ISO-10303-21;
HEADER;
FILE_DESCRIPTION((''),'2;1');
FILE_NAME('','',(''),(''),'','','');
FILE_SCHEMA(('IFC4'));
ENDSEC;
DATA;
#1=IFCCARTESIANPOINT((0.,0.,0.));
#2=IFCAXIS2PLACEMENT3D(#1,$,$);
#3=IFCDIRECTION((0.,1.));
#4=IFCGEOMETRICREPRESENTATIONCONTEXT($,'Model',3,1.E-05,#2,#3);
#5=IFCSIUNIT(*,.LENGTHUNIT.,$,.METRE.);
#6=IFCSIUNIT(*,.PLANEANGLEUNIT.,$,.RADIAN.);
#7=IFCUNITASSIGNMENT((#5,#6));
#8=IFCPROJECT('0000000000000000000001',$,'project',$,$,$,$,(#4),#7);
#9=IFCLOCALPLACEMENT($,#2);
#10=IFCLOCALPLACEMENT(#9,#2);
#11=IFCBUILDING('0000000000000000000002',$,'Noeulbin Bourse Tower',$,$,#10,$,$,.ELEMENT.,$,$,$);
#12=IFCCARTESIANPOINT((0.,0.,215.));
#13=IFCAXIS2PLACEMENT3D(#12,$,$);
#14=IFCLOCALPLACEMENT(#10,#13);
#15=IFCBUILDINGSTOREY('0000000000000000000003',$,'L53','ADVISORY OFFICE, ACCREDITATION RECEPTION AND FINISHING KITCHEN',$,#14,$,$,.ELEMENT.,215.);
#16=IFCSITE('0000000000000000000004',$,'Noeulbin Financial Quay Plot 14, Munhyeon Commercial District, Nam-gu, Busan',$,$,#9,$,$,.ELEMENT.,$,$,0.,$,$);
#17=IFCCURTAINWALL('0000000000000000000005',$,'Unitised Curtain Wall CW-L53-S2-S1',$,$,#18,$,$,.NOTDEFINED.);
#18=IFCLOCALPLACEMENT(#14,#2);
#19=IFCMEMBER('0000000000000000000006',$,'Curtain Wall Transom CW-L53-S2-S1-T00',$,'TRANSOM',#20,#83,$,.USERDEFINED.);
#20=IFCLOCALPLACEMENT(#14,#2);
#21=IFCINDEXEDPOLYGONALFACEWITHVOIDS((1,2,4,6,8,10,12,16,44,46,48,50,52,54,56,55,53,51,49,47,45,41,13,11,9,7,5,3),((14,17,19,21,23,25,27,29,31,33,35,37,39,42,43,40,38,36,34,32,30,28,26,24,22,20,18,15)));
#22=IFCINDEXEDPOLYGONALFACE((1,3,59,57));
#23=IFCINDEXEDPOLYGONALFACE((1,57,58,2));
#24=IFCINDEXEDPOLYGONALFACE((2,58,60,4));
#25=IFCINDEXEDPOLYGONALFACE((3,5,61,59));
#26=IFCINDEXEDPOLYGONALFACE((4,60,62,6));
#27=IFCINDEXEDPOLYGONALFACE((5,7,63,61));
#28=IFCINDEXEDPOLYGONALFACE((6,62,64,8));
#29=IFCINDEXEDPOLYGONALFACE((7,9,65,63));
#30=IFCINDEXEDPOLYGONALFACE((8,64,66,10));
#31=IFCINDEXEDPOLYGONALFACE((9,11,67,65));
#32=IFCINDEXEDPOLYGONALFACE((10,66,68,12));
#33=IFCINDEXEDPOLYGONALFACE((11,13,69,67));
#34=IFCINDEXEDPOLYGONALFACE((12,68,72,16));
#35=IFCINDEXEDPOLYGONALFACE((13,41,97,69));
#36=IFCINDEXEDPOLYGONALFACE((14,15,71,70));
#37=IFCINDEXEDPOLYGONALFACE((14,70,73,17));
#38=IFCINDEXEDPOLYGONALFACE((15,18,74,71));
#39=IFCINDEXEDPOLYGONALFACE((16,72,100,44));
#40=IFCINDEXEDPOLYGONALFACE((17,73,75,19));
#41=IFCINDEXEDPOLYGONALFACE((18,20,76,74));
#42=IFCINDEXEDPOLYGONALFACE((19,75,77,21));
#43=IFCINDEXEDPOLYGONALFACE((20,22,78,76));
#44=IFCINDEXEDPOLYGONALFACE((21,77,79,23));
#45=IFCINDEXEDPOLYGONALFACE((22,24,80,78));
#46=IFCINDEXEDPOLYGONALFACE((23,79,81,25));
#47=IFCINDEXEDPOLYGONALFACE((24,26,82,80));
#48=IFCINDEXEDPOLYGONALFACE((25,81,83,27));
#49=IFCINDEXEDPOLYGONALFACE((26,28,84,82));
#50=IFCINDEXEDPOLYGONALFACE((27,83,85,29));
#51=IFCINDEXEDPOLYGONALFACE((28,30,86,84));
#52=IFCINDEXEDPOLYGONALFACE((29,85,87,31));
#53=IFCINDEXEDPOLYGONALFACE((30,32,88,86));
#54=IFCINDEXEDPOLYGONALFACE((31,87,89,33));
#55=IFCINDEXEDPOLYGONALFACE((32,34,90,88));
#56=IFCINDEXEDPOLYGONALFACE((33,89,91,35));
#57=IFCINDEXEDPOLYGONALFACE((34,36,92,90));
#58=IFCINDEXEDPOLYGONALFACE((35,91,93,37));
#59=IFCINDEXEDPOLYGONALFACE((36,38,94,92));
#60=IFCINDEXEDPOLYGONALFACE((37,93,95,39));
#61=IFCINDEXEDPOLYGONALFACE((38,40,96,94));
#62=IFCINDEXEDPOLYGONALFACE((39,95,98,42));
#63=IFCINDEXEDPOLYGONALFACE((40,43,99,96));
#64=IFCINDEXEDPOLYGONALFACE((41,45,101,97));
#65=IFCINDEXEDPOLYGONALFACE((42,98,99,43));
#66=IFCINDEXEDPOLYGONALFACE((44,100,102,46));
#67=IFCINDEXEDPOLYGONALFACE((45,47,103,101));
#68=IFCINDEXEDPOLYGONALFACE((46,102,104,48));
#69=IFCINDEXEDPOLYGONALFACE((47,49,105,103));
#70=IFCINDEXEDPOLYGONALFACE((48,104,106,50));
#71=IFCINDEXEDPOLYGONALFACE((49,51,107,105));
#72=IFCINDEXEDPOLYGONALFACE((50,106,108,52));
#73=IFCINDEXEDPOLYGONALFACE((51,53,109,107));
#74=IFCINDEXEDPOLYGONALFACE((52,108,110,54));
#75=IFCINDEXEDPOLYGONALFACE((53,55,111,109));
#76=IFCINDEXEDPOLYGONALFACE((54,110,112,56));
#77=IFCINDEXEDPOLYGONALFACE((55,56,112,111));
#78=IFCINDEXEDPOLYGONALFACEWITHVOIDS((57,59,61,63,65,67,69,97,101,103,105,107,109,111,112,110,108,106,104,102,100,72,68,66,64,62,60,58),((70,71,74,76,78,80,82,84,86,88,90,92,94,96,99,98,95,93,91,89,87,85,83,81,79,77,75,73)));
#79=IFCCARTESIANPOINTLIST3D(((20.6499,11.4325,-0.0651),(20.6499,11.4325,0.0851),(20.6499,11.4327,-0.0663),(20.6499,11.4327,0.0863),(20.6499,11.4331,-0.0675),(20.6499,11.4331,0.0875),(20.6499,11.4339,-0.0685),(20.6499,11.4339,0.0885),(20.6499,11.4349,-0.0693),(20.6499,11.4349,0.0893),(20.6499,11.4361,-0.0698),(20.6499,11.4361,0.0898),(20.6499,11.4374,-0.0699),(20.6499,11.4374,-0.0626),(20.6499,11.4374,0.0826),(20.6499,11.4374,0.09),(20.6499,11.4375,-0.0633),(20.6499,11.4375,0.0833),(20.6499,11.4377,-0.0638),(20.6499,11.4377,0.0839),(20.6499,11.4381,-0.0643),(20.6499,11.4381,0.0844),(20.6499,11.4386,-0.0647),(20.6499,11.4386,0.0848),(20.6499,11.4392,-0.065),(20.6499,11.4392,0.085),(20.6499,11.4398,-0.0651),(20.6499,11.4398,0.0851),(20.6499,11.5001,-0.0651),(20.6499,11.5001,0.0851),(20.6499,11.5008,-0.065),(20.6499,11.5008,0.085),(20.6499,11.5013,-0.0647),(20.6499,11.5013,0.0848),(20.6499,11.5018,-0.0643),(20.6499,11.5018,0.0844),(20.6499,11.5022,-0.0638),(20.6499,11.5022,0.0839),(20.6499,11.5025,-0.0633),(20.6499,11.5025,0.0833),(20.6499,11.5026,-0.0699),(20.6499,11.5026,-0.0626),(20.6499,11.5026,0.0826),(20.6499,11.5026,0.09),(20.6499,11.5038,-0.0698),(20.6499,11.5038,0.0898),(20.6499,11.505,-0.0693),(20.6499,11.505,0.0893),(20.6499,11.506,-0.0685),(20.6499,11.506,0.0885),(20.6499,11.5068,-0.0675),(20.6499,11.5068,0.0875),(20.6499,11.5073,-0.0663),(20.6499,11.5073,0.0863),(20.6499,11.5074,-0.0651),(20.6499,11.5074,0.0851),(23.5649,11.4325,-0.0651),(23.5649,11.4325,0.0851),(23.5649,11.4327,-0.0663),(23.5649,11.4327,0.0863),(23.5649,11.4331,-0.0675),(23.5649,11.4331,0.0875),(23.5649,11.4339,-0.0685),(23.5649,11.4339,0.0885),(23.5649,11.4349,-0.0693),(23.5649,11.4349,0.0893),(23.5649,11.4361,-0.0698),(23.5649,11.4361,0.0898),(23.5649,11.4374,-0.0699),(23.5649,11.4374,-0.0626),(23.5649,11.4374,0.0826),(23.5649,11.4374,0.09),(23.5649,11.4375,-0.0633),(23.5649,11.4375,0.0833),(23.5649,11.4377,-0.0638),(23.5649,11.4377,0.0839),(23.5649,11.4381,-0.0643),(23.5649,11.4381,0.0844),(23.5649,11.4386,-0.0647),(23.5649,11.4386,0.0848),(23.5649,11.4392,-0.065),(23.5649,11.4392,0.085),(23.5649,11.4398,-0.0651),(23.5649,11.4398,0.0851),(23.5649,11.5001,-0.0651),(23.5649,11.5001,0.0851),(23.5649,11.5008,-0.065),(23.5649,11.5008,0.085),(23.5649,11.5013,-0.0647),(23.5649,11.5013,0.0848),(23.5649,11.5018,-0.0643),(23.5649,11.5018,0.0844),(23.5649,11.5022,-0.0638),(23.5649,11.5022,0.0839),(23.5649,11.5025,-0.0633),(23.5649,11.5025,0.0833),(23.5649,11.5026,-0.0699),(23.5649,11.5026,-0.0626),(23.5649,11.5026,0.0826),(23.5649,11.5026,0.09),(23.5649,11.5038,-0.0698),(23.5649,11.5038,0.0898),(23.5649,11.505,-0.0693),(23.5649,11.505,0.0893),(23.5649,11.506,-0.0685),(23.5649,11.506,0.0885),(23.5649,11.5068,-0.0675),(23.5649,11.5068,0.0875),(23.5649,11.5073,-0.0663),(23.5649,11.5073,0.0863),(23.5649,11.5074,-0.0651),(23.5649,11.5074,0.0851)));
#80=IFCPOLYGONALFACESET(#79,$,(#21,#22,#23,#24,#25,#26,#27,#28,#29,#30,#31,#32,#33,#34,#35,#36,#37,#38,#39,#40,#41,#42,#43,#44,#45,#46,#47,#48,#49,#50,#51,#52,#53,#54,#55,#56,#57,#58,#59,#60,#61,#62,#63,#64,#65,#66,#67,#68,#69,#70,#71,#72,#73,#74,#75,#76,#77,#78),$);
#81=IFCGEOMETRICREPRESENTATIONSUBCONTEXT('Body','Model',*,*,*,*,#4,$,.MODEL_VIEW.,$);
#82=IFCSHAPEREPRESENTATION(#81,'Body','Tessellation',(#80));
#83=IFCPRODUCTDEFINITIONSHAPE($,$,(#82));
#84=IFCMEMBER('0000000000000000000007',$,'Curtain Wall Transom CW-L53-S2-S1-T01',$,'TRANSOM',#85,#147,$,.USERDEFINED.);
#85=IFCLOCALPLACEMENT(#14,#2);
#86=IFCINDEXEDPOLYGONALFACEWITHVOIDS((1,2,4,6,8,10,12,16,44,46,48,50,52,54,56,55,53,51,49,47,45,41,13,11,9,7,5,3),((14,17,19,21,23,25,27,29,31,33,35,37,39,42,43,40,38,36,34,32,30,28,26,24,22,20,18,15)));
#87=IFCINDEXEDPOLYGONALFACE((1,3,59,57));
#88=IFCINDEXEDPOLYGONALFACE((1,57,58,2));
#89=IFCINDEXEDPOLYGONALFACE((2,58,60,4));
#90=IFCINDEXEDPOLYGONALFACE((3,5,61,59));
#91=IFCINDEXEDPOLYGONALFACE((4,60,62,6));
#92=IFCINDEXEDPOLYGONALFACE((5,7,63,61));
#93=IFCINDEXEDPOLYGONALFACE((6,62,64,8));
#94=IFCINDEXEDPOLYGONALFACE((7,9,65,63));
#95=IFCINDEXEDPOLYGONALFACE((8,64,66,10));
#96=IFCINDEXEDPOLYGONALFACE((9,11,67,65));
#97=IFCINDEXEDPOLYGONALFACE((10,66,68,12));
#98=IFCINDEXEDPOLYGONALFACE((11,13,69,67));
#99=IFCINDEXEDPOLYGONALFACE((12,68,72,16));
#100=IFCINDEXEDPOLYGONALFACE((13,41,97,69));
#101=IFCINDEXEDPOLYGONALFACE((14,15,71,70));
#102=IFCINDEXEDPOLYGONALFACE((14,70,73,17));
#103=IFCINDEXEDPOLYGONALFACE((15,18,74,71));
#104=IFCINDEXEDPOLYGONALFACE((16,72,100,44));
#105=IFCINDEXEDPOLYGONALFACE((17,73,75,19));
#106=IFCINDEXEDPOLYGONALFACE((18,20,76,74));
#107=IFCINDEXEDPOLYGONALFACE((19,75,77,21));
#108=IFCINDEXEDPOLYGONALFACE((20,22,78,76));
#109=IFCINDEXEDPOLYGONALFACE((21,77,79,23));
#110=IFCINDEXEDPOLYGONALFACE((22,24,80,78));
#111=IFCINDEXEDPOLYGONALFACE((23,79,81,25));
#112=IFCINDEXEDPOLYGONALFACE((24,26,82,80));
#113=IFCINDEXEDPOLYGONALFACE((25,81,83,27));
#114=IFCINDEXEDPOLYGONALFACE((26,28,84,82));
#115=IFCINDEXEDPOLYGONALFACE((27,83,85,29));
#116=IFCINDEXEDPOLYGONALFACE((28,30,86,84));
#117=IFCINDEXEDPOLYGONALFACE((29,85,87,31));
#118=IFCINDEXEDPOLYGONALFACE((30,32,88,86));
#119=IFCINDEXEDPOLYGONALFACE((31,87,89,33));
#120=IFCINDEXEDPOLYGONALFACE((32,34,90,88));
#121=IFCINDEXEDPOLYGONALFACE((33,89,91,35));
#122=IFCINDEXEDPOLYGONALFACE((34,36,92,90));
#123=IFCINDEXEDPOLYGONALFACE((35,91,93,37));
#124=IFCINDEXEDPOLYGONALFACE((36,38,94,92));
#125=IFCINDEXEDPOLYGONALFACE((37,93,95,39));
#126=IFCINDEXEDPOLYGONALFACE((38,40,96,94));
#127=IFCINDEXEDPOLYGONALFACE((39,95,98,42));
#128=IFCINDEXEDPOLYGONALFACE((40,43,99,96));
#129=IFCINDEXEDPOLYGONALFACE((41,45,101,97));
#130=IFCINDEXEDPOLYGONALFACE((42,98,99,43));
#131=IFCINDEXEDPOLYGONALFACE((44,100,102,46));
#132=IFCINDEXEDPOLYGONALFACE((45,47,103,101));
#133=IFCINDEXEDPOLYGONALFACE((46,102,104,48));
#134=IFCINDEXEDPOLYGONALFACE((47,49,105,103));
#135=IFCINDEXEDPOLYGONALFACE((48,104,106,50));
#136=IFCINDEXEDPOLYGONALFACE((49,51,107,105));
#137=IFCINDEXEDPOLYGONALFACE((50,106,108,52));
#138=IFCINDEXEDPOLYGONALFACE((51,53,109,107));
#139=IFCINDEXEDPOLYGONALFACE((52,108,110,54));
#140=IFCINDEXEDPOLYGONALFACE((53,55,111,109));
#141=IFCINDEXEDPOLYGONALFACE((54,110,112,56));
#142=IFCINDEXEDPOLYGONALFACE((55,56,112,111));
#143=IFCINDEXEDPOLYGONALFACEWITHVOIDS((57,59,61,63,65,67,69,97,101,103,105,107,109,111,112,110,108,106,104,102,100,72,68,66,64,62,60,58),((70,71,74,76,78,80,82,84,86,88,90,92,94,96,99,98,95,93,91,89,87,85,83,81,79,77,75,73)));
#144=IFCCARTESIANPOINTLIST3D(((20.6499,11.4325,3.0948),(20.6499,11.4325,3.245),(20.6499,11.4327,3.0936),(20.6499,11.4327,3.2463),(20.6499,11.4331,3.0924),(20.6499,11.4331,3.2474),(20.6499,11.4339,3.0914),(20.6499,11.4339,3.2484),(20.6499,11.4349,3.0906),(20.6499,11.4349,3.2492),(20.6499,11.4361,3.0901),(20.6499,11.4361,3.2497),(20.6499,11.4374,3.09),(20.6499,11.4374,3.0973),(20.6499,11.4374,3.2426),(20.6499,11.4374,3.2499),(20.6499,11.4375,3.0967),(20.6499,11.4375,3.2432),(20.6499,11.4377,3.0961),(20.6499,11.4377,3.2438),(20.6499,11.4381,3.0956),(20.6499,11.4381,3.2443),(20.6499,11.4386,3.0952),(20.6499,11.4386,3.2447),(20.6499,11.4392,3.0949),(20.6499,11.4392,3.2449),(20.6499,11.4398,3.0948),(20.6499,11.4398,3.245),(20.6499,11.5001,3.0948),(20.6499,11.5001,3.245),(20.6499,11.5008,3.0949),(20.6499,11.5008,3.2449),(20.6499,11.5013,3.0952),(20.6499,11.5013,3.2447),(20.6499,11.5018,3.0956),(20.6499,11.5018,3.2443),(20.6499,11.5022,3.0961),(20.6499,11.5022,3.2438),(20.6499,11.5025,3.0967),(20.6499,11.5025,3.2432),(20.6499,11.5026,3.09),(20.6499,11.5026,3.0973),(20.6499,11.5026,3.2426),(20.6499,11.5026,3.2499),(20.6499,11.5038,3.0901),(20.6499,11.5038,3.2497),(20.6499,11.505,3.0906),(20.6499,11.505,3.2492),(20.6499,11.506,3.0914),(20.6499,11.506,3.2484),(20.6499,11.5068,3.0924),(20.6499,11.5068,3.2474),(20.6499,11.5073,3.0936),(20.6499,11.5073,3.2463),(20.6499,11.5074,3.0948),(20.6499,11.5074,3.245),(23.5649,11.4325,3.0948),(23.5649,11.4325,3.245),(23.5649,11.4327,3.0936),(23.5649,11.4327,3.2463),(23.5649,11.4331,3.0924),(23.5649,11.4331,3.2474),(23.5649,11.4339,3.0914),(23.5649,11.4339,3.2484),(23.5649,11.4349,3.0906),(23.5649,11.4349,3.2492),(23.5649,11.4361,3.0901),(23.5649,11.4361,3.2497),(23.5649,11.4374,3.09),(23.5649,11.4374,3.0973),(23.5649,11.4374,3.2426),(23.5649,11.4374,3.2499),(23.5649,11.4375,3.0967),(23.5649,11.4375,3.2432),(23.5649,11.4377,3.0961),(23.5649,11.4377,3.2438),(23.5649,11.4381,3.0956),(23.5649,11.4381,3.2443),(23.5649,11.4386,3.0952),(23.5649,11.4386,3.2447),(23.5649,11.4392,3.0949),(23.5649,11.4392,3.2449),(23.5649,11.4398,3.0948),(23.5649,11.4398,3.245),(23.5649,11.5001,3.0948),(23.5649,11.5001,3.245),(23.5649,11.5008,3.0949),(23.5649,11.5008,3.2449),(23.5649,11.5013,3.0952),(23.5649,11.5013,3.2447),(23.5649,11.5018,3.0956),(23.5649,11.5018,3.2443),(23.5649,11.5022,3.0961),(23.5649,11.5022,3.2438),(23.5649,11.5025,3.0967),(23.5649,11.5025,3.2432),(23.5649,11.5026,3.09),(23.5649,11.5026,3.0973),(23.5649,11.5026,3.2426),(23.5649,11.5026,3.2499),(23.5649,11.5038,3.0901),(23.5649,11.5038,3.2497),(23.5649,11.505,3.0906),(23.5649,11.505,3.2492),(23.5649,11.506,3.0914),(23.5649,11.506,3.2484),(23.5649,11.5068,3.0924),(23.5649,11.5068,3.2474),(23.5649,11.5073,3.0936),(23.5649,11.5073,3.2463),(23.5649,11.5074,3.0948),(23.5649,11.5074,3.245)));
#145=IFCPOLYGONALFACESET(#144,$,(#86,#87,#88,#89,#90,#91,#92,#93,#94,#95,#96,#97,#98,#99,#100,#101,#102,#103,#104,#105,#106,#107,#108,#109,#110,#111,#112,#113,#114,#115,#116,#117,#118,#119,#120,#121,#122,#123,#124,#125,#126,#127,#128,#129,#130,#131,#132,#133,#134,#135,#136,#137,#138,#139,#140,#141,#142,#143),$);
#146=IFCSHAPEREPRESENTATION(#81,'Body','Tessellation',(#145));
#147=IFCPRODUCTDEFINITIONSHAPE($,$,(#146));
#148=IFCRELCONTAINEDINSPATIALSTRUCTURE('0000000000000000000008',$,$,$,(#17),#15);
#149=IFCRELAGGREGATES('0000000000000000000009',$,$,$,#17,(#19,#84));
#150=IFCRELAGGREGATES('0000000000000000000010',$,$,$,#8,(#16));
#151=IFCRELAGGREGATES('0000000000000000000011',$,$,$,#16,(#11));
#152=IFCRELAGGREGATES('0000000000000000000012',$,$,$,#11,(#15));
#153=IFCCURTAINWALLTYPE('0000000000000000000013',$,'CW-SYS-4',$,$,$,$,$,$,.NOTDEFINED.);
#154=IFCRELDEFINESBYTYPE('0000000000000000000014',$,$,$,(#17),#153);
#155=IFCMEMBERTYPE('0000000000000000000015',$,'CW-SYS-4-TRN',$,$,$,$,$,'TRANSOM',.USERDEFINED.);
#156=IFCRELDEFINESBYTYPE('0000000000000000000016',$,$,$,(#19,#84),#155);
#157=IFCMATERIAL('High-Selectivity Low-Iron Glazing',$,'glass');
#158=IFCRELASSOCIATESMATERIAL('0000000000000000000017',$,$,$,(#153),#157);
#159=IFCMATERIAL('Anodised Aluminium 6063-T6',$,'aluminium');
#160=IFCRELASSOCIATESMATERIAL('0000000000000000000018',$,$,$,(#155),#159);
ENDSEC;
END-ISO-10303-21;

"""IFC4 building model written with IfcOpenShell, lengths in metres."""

from ifc_helpers import new_model, si_unit, direction, frame, origin, origin_2d, place, context, subcontext, project, spatial, hollow_rectangle, extrude, material, material_profile, profile_set, type_object, element, aggregate, save


model = new_model("IFC4")

# Units and contexts
model_context = context("Model", 3, precision=1e-05, world=origin(), true_north=direction((0.0, 1.0)))
body_context = subcontext(model_context, "Body", "Model", "MODEL_VIEW")
ifc_project = project(units=[si_unit("LENGTHUNIT", "METRE"), si_unit("PLANEANGLEUNIT", "RADIAN")], contexts=[model_context])

# Site, building, storey
site_placement = place(None, origin())
site = spatial("IfcSite", under=ifc_project, at=site_placement, Name="Noeulbin Financial Quay Plot 14, Munhyeon Commercial District, Nam-gu, Busan", CompositionType="ELEMENT", RefElevation=0.0)
building_placement = place(site_placement, origin())
building = spatial("IfcBuilding", under=site, at=building_placement, Name="Noeulbin Bourse Tower", CompositionType="ELEMENT")
storey_placement = place(building_placement, frame((0.0, 0.0, 215.0)))
storey = spatial("IfcBuildingStorey", under=building, at=storey_placement, Name="L53", Description="ADVISORY OFFICE, ACCREDITATION RECEPTION AND FINISHING KITCHEN", CompositionType="ELEMENT", Elevation=215.0)

# Curtain wall
ifc_material_1 = material(Name="High-Selectivity Low-Iron Glazing", Category="glass")
curtain_wall_type = type_object("IfcCurtainWallType", Name="CW-SYS-4", PredefinedType="NOTDEFINED", material=ifc_material_1)
ifc_material_2 = material(Name="Anodised Aluminium 6063-T6", Category="aluminium")
curtain_wall_1_placement = place(storey_placement, origin())
curtain_wall_1 = element("IfcCurtainWall", 1, at=curtain_wall_1_placement, inside=storey, type_object=curtain_wall_type, Name="Unitised Curtain Wall CW-L53-S2-S1", PredefinedType="NOTDEFINED")

# Members
ifc_material_profile_1 = material_profile(ifc_material_2, hollow_rectangle(XDim=0.075, YDim=0.1599, WallThickness=0.0049, InnerFilletRadius=0.0024, OuterFilletRadius=0.0049, at=origin_2d()), Name="ALU-TRAN-75x160x5", Category="LoadBearing")
ifc_profile_set_1 = profile_set([ifc_material_profile_1], Name="Anodised Aluminium 6063-T6")
member_type_1 = type_object("IfcMemberType", Name="CW-SYS-4-TRN", ElementType="TRANSOM", PredefinedType="USERDEFINED", material=ifc_profile_set_1)
member_1_placement = place(storey_placement, frame((20.6499, 11.47, 0.01), z_axis=(1.0, 0.0, 0.0), x_axis=(0.0, 1.0, 0.0)))
member_1 = element("IfcMember", 2, at=member_1_placement, type_object=member_type_1, Name="Curtain Wall Transom CW-L53-S2-S1-T00", ObjectType="TRANSOM", PredefinedType="USERDEFINED", context=body_context, shape_type="SweptSolid", body=[
    extrude(hollow_rectangle(XDim=0.075, YDim=0.1599, WallThickness=0.0049, InnerFilletRadius=0.0024, OuterFilletRadius=0.0049, at=origin_2d()), origin(), (0.0, 0.0, 1.0), 2.915),
])
member_2_placement = place(storey_placement, frame((20.6499, 11.47, 3.1699), z_axis=(1.0, 0.0, 0.0), x_axis=(0.0, 1.0, 0.0)))
member_2 = element("IfcMember", 3, at=member_2_placement, type_object=member_type_1, Name="Curtain Wall Transom CW-L53-S2-S1-T01", ObjectType="TRANSOM", PredefinedType="USERDEFINED", context=body_context, shape_type="SweptSolid", body=[
    extrude(hollow_rectangle(XDim=0.075, YDim=0.1599, WallThickness=0.0049, InnerFilletRadius=0.0024, OuterFilletRadius=0.0049, at=origin_2d()), origin(), (0.0, 0.0, 1.0), 2.915),
])

aggregate(curtain_wall_1, [member_1, member_2])

save(model, "model.ifc")
